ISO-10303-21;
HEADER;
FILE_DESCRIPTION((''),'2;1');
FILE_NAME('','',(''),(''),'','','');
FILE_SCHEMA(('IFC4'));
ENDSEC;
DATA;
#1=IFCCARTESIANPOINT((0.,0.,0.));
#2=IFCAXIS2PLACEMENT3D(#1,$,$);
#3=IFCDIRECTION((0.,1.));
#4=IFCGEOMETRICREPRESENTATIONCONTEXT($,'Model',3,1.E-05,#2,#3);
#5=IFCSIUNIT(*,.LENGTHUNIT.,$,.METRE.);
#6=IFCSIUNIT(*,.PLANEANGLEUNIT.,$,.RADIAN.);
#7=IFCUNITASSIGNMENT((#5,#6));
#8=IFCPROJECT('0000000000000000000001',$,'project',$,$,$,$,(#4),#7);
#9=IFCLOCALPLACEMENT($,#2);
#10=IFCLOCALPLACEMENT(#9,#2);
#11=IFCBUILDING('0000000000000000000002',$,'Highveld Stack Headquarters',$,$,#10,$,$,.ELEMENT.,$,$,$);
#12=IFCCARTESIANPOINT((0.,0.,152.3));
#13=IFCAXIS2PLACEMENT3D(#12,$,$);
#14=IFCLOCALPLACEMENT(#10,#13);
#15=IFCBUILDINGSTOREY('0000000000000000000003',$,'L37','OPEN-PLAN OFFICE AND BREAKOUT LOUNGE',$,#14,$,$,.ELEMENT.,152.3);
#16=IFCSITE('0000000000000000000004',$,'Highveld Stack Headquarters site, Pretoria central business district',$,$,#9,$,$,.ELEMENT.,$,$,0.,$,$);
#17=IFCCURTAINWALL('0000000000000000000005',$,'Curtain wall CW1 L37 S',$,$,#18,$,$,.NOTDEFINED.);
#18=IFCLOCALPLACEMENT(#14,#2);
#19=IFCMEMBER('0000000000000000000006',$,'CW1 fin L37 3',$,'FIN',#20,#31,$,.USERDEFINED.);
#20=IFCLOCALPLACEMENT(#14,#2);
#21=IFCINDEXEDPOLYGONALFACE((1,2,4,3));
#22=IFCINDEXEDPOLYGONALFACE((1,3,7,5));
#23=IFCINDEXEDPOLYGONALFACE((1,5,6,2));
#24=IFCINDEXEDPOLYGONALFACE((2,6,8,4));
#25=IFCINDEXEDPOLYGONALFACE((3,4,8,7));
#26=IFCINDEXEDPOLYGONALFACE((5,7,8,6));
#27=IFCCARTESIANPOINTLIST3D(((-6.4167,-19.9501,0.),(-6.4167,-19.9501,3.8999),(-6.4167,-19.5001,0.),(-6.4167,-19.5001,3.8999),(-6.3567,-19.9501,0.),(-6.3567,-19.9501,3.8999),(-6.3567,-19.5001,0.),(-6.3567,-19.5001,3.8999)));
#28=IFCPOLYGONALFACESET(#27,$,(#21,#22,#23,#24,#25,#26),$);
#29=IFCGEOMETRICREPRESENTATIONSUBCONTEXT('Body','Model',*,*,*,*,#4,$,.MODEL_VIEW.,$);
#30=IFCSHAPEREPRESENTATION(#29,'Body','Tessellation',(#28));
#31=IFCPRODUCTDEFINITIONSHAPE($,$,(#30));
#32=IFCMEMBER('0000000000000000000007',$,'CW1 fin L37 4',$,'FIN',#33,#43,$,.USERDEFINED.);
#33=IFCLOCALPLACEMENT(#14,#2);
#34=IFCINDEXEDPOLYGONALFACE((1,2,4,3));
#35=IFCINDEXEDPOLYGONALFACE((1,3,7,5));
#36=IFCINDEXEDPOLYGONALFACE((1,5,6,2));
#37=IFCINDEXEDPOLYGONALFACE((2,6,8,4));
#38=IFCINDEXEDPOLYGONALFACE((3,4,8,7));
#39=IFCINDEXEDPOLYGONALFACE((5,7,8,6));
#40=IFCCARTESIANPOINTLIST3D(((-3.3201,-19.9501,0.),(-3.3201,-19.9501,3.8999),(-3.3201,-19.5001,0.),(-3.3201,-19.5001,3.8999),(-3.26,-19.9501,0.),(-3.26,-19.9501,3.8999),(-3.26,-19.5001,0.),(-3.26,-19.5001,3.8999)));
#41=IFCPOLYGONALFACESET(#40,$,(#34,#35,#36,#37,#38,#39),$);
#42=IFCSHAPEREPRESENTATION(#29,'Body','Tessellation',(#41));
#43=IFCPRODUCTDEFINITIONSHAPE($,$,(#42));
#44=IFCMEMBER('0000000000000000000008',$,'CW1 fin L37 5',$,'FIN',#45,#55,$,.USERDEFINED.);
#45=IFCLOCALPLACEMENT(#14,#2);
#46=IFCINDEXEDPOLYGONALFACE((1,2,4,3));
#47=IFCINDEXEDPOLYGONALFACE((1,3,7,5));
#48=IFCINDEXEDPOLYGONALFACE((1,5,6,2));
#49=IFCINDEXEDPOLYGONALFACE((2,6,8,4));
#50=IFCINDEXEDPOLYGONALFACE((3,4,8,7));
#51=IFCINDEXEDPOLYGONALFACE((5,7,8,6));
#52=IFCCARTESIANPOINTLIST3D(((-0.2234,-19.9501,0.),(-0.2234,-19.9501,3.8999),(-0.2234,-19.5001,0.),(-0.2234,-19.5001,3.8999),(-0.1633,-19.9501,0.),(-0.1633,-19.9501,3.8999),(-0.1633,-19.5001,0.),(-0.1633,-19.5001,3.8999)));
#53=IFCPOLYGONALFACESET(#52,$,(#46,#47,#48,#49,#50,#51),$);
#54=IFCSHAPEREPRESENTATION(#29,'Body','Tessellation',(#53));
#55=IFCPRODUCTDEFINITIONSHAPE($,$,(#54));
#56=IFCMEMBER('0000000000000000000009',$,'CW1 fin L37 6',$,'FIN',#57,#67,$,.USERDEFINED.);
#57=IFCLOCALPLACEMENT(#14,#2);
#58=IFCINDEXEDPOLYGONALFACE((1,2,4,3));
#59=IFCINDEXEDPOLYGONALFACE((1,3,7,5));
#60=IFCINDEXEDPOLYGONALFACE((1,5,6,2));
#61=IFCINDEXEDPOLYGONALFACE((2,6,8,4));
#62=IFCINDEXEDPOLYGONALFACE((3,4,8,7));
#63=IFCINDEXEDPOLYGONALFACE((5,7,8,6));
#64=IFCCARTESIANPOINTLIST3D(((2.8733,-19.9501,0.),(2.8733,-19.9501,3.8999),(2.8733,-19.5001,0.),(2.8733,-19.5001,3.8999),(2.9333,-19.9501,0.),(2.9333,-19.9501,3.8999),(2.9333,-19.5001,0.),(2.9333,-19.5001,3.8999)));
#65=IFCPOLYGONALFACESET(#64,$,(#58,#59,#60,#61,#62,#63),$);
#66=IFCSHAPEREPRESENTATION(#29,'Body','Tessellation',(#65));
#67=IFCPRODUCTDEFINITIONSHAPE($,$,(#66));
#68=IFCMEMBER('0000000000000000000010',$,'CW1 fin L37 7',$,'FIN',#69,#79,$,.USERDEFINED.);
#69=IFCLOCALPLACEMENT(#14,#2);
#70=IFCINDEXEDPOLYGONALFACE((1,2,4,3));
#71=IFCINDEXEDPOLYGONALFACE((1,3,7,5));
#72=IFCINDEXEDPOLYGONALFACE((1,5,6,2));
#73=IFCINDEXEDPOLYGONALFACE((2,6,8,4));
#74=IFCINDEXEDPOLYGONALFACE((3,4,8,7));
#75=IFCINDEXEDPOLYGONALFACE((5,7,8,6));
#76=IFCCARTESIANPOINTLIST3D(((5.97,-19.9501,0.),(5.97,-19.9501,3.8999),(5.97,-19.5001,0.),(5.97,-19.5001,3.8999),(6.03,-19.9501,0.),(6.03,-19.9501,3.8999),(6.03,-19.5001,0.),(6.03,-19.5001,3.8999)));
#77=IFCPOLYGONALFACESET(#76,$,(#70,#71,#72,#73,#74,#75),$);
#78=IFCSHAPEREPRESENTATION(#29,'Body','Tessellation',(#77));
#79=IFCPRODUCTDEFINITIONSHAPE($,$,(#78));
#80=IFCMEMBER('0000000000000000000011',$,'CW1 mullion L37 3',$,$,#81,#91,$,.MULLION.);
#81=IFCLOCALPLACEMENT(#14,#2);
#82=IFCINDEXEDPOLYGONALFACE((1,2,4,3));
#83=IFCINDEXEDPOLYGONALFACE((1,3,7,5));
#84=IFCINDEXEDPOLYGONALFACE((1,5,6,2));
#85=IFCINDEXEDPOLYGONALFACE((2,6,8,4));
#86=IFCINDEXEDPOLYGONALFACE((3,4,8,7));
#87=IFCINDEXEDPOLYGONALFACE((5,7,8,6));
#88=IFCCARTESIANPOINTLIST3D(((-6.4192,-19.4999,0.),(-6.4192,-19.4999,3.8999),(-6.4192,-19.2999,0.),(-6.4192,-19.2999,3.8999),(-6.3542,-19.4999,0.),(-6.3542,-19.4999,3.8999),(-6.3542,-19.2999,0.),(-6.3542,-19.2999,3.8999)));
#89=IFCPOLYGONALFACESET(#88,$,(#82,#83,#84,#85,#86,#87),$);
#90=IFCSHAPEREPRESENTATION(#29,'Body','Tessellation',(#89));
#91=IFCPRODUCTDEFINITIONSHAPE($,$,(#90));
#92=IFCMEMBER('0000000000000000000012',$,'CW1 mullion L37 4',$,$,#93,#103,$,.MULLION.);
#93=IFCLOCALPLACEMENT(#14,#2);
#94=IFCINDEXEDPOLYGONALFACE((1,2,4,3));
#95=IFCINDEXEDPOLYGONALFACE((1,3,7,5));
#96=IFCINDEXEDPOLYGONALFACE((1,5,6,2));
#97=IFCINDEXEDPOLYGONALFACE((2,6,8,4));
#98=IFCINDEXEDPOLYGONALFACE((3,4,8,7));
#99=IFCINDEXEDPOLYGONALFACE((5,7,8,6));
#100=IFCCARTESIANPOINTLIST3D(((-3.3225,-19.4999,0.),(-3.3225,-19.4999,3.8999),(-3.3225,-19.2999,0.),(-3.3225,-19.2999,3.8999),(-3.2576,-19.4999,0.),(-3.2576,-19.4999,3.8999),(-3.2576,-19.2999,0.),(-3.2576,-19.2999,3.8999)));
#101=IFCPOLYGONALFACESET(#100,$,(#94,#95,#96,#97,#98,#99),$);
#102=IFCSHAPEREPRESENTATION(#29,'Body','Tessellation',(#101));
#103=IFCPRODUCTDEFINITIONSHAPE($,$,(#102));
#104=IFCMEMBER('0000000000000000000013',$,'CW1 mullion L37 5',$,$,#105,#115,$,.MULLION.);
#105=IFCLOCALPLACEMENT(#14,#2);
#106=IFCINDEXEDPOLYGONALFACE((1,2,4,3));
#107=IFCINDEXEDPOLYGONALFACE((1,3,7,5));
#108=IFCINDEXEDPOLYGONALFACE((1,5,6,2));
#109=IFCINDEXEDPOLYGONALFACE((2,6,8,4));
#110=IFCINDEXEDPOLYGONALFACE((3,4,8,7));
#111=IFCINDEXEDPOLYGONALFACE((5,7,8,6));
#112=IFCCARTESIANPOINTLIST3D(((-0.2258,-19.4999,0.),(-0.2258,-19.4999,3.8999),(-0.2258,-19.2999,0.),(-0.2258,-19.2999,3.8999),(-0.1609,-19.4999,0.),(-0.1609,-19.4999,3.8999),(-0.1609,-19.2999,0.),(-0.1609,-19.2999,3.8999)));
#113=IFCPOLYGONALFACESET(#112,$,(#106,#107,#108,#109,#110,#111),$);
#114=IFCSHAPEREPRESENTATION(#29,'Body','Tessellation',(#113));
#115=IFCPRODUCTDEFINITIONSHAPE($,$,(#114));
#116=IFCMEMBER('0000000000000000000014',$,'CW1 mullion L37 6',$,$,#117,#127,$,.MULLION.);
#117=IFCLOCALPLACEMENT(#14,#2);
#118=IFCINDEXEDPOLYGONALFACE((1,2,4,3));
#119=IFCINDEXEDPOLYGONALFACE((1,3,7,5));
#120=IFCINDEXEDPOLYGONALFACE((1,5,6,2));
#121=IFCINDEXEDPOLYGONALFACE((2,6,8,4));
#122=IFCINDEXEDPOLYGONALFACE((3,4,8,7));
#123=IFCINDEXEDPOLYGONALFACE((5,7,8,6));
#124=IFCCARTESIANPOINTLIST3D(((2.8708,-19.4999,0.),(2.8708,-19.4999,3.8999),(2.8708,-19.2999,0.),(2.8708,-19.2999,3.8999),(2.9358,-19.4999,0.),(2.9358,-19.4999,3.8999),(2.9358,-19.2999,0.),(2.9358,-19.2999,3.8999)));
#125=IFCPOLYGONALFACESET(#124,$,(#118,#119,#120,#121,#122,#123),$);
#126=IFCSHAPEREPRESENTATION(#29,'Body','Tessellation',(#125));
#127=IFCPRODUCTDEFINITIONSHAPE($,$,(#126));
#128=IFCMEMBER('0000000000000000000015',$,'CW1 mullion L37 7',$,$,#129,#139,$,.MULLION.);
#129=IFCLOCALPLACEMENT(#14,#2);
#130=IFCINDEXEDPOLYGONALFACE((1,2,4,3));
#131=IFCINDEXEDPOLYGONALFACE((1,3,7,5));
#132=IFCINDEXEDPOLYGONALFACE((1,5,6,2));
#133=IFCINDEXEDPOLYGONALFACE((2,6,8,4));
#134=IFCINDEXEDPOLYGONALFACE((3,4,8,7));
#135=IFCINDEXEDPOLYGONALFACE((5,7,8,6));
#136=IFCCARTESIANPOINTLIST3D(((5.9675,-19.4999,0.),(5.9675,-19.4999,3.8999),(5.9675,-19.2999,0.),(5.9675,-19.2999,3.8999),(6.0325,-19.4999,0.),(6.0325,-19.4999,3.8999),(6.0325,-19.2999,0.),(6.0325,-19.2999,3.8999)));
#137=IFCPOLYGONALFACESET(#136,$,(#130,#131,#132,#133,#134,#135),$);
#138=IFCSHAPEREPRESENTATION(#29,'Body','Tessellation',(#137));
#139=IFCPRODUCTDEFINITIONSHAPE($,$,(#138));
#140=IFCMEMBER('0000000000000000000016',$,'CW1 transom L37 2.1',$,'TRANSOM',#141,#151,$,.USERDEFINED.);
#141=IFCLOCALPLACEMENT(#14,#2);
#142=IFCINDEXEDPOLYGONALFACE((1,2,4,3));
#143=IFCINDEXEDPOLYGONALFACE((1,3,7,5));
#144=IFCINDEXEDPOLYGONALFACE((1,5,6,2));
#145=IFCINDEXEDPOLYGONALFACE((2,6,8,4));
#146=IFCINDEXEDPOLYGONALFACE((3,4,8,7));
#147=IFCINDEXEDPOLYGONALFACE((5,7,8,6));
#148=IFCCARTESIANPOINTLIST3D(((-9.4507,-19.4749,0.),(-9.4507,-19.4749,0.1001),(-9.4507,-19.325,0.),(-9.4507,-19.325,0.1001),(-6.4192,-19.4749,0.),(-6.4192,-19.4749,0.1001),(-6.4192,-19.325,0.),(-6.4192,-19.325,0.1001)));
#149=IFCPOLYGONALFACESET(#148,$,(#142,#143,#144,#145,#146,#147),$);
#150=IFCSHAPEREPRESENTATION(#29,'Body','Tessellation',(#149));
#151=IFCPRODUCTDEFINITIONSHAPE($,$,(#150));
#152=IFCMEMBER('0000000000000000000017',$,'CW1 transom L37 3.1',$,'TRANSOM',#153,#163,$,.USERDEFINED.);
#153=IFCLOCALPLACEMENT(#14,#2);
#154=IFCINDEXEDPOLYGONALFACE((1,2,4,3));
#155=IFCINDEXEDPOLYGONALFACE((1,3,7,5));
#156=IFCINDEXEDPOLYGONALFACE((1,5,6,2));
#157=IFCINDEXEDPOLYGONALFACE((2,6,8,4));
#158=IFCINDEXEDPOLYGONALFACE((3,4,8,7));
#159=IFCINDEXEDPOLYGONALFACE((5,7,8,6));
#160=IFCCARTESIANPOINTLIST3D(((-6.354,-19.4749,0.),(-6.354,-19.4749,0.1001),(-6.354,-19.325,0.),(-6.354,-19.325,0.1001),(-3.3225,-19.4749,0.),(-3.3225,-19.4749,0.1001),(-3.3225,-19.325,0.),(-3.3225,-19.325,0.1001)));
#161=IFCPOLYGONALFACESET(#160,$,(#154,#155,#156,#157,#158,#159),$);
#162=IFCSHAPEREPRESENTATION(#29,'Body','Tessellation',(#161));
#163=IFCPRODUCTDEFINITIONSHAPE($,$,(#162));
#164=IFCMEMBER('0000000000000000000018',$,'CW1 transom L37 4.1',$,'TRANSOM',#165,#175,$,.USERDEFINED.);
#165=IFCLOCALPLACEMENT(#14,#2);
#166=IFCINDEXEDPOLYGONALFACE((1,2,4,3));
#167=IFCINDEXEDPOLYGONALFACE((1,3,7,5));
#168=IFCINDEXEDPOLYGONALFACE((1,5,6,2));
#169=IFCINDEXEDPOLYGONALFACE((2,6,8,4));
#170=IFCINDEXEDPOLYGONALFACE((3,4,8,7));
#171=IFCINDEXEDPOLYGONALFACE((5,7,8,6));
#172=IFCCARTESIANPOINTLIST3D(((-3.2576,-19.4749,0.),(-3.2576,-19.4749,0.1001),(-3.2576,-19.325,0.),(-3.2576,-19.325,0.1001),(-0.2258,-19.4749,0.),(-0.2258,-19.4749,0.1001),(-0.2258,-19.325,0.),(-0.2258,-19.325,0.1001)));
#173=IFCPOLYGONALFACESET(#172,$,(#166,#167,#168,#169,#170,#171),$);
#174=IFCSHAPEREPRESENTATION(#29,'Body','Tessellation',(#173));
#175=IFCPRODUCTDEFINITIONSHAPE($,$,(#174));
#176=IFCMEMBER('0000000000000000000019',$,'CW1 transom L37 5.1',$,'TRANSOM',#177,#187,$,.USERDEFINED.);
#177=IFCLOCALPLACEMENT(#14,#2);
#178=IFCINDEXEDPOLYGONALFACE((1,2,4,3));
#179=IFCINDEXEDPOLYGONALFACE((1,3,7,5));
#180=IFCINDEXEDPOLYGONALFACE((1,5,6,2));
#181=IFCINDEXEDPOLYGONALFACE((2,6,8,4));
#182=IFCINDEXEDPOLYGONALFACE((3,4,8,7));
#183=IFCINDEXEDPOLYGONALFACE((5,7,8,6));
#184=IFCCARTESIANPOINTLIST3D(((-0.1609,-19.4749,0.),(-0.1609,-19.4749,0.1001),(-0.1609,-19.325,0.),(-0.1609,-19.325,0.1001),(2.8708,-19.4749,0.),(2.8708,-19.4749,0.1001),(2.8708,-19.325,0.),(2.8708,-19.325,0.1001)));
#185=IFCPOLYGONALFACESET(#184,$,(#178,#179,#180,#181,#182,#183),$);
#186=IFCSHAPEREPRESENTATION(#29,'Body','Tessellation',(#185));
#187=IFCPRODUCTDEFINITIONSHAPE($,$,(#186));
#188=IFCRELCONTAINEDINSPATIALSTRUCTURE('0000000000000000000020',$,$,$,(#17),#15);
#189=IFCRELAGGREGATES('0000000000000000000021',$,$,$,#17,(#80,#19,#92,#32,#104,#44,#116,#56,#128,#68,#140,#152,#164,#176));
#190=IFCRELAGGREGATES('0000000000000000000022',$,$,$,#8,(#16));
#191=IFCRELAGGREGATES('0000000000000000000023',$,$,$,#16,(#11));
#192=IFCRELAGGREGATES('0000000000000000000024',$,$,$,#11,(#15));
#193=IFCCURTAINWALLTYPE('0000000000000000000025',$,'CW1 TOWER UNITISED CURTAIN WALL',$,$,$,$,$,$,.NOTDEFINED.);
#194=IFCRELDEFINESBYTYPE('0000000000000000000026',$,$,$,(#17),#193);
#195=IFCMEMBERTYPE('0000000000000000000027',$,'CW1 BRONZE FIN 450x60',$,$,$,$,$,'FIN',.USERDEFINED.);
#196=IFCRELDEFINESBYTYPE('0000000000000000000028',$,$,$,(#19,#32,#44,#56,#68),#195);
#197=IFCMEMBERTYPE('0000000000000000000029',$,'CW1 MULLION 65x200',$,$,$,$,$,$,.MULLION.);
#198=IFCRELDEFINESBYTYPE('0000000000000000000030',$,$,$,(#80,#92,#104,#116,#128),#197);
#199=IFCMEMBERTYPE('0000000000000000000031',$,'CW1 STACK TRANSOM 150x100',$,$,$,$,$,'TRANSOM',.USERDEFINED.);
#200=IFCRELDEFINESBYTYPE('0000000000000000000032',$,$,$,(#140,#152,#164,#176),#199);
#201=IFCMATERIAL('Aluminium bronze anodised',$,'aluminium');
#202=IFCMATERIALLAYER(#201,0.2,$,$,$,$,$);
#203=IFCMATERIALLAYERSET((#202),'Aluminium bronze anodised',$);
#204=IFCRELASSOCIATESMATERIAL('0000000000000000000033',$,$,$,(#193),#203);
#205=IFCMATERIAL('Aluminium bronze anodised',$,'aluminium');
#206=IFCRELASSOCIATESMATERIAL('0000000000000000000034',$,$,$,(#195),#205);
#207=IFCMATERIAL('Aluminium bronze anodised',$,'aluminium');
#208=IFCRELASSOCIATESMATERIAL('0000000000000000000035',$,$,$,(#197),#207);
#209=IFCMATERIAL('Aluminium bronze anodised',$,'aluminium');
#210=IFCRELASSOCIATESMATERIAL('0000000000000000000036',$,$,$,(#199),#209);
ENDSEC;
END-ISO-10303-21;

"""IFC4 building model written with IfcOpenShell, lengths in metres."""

from ifc_helpers import new_model, si_unit, direction, frame, origin, origin_2d, place, context, subcontext, project, spatial, rectangle, extrude, material, layer, layer_set, material_profile, profile_set, type_object, element, aggregate, save


model = new_model("IFC4")

# Units and contexts
model_context = context("Model", 3, precision=1e-05, world=origin(), true_north=direction((0.0, 1.0)))
body_context = subcontext(model_context, "Body", "Model", "MODEL_VIEW")
ifc_project = project(units=[si_unit("LENGTHUNIT", "METRE"), si_unit("PLANEANGLEUNIT", "RADIAN")], contexts=[model_context])

# Site, building, storey
site_placement = place(None, origin())
site = spatial("IfcSite", under=ifc_project, at=site_placement, Name="Highveld Stack Headquarters site, Pretoria central business district", CompositionType="ELEMENT", RefElevation=0.0)
building_placement = place(site_placement, origin())
building = spatial("IfcBuilding", under=site, at=building_placement, Name="Highveld Stack Headquarters", CompositionType="ELEMENT")
storey_placement = place(building_placement, frame((0.0, 0.0, 152.3)))
storey = spatial("IfcBuildingStorey", under=building, at=storey_placement, Name="L37", Description="OPEN-PLAN OFFICE AND BREAKOUT LOUNGE", CompositionType="ELEMENT", Elevation=152.3)

# Curtain wall, members
ifc_material_1 = material(Name="Aluminium bronze anodised", Category="aluminium")
ifc_layer_1 = layer(ifc_material_1, 0.2)
ifc_layer_set_1 = layer_set([ifc_layer_1], Name="Aluminium bronze anodised")
curtain_wall_type = type_object("IfcCurtainWallType", Name="CW1 TOWER UNITISED CURTAIN WALL", PredefinedType="NOTDEFINED", material=ifc_layer_set_1)
curtain_wall_placement = place(storey_placement, origin())
curtain_wall = element("IfcCurtainWall", 1, at=curtain_wall_placement, inside=storey, type_object=curtain_wall_type, Name="Curtain wall CW1 L37 S", PredefinedType="NOTDEFINED")
ifc_material_2 = material(Name="Aluminium bronze anodised", Category="aluminium")
ifc_material_profile_1 = material_profile(ifc_material_2, rectangle(XDim=0.45, YDim=0.0601, at=origin_2d()), Name="FIN 450x60")
ifc_profile_set_1 = profile_set([ifc_material_profile_1], Name="Aluminium bronze anodised")
member_type_1 = type_object("IfcMemberType", Name="CW1 BRONZE FIN 450x60", ElementType="FIN", PredefinedType="USERDEFINED", material=ifc_profile_set_1)
member_1_placement = place(storey_placement, frame((-6.3867, -19.7251, 0.0), z_axis=(0.0, 0.0, 1.0), x_axis=(0.0, 1.0, 0.0)))
member_1 = element("IfcMember", 2, at=member_1_placement, type_object=member_type_1, Name="CW1 fin L37 3", ObjectType="FIN", PredefinedType="USERDEFINED", context=body_context, shape_type="SweptSolid", body=[
    extrude(rectangle(XDim=0.45, YDim=0.0601, at=origin_2d()), origin(), (0.0, 0.0, 1.0), 3.8999),
])
member_2_placement = place(storey_placement, frame((-3.29, -19.7251, 0.0), z_axis=(0.0, 0.0, 1.0), x_axis=(0.0, 1.0, 0.0)))
member_2 = element("IfcMember", 3, at=member_2_placement, type_object=member_type_1, Name="CW1 fin L37 4", ObjectType="FIN", PredefinedType="USERDEFINED", context=body_context, shape_type="SweptSolid", body=[
    extrude(rectangle(XDim=0.45, YDim=0.0601, at=origin_2d()), origin(), (0.0, 0.0, 1.0), 3.8999),
])
member_3_placement = place(storey_placement, frame((-0.1934, -19.7251, 0.0), z_axis=(0.0, 0.0, 1.0), x_axis=(0.0, 1.0, 0.0)))
member_3 = element("IfcMember", 4, at=member_3_placement, type_object=member_type_1, Name="CW1 fin L37 5", ObjectType="FIN", PredefinedType="USERDEFINED", context=body_context, shape_type="SweptSolid", body=[
    extrude(rectangle(XDim=0.45, YDim=0.0601, at=origin_2d()), origin(), (0.0, 0.0, 1.0), 3.8999),
])
member_4_placement = place(storey_placement, frame((2.9033, -19.7251, 0.0), z_axis=(0.0, 0.0, 1.0), x_axis=(0.0, 1.0, 0.0)))
member_4 = element("IfcMember", 5, at=member_4_placement, type_object=member_type_1, Name="CW1 fin L37 6", ObjectType="FIN", PredefinedType="USERDEFINED", context=body_context, shape_type="SweptSolid", body=[
    extrude(rectangle(XDim=0.45, YDim=0.0601, at=origin_2d()), origin(), (0.0, 0.0, 1.0), 3.8999),
])
member_5_placement = place(storey_placement, frame((6.0, -19.7251, 0.0), z_axis=(0.0, 0.0, 1.0), x_axis=(0.0, 1.0, 0.0)))
member_5 = element("IfcMember", 6, at=member_5_placement, type_object=member_type_1, Name="CW1 fin L37 7", ObjectType="FIN", PredefinedType="USERDEFINED", context=body_context, shape_type="SweptSolid", body=[
    extrude(rectangle(XDim=0.45, YDim=0.0601, at=origin_2d()), origin(), (0.0, 0.0, 1.0), 3.8999),
])
ifc_material_3 = material(Name="Aluminium bronze anodised", Category="aluminium")
ifc_material_profile_2 = material_profile(ifc_material_3, rectangle(XDim=0.2, YDim=0.0649, at=origin_2d()), Name="CW1 MULLION 65x200")
ifc_profile_set_2 = profile_set([ifc_material_profile_2], Name="Aluminium bronze anodised")
member_type_2 = type_object("IfcMemberType", Name="CW1 MULLION 65x200", PredefinedType="MULLION", material=ifc_profile_set_2)
member_6_placement = place(storey_placement, frame((-6.3867, -19.3999, 0.0), z_axis=(0.0, 0.0, 1.0), x_axis=(0.0, 1.0, 0.0)))
member_6 = element("IfcMember", 7, at=member_6_placement, type_object=member_type_2, Name="CW1 mullion L37 3", PredefinedType="MULLION", context=body_context, shape_type="SweptSolid", body=[
    extrude(rectangle(XDim=0.2, YDim=0.0649, at=origin_2d()), origin(), (0.0, 0.0, 1.0), 3.8999),
])
member_7_placement = place(storey_placement, frame((-3.29, -19.3999, 0.0), z_axis=(0.0, 0.0, 1.0), x_axis=(0.0, 1.0, 0.0)))
member_7 = element("IfcMember", 8, at=member_7_placement, type_object=member_type_2, Name="CW1 mullion L37 4", PredefinedType="MULLION", context=body_context, shape_type="SweptSolid", body=[
    extrude(rectangle(XDim=0.2, YDim=0.0649, at=origin_2d()), origin(), (0.0, 0.0, 1.0), 3.8999),
])
member_8_placement = place(storey_placement, frame((-0.1934, -19.3999, 0.0), z_axis=(0.0, 0.0, 1.0), x_axis=(0.0, 1.0, 0.0)))
member_8 = element("IfcMember", 9, at=member_8_placement, type_object=member_type_2, Name="CW1 mullion L37 5", PredefinedType="MULLION", context=body_context, shape_type="SweptSolid", body=[
    extrude(rectangle(XDim=0.2, YDim=0.0649, at=origin_2d()), origin(), (0.0, 0.0, 1.0), 3.8999),
])
member_9_placement = place(storey_placement, frame((2.9033, -19.3999, 0.0), z_axis=(0.0, 0.0, 1.0), x_axis=(0.0, 1.0, 0.0)))
member_9 = element("IfcMember", 10, at=member_9_placement, type_object=member_type_2, Name="CW1 mullion L37 6", PredefinedType="MULLION", context=body_context, shape_type="SweptSolid", body=[
    extrude(rectangle(XDim=0.2, YDim=0.0649, at=origin_2d()), origin(), (0.0, 0.0, 1.0), 3.8999),
])
member_10_placement = place(storey_placement, frame((6.0, -19.3999, 0.0), z_axis=(0.0, 0.0, 1.0), x_axis=(0.0, 1.0, 0.0)))
member_10 = element("IfcMember", 11, at=member_10_placement, type_object=member_type_2, Name="CW1 mullion L37 7", PredefinedType="MULLION", context=body_context, shape_type="SweptSolid", body=[
    extrude(rectangle(XDim=0.2, YDim=0.0649, at=origin_2d()), origin(), (0.0, 0.0, 1.0), 3.8999),
])
ifc_material_4 = material(Name="Aluminium bronze anodised", Category="aluminium")
ifc_material_profile_3 = material_profile(ifc_material_4, rectangle(XDim=0.1499, YDim=0.1001, at=origin_2d()), Name="CW1 TRANSOM 150x100")
ifc_profile_set_3 = profile_set([ifc_material_profile_3], Name="Aluminium bronze anodised")
member_type_3 = type_object("IfcMemberType", Name="CW1 STACK TRANSOM 150x100", ElementType="TRANSOM", PredefinedType="USERDEFINED", material=ifc_profile_set_3)
member_11_placement = place(storey_placement, frame((-9.4507, -19.3999, 0.05), z_axis=(1.0, 0.0, 0.0), x_axis=(0.0, 1.0, 0.0)))
member_11 = element("IfcMember", 12, at=member_11_placement, type_object=member_type_3, Name="CW1 transom L37 2.1", ObjectType="TRANSOM", PredefinedType="USERDEFINED", context=body_context, shape_type="SweptSolid", body=[
    extrude(rectangle(XDim=0.1499, YDim=0.1001, at=origin_2d()), origin(), (0.0, 0.0, 1.0), 3.0315),
])
member_12_placement = place(storey_placement, frame((-6.354, -19.3999, 0.05), z_axis=(1.0, 0.0, 0.0), x_axis=(0.0, 1.0, 0.0)))
member_12 = element("IfcMember", 13, at=member_12_placement, type_object=member_type_3, Name="CW1 transom L37 3.1", ObjectType="TRANSOM", PredefinedType="USERDEFINED", context=body_context, shape_type="SweptSolid", body=[
    extrude(rectangle(XDim=0.1499, YDim=0.1001, at=origin_2d()), origin(), (0.0, 0.0, 1.0), 3.0315),
])
member_13_placement = place(storey_placement, frame((-3.2576, -19.3999, 0.05), z_axis=(1.0, 0.0, 0.0), x_axis=(0.0, 1.0, 0.0)))
member_13 = element("IfcMember", 14, at=member_13_placement, type_object=member_type_3, Name="CW1 transom L37 4.1", ObjectType="TRANSOM", PredefinedType="USERDEFINED", context=body_context, shape_type="SweptSolid", body=[
    extrude(rectangle(XDim=0.1499, YDim=0.1001, at=origin_2d()), origin(), (0.0, 0.0, 1.0), 3.0317),
])
member_14_placement = place(storey_placement, frame((-0.1609, -19.3999, 0.05), z_axis=(1.0, 0.0, 0.0), x_axis=(0.0, 1.0, 0.0)))
member_14 = element("IfcMember", 15, at=member_14_placement, type_object=member_type_3, Name="CW1 transom L37 5.1", ObjectType="TRANSOM", PredefinedType="USERDEFINED", context=body_context, shape_type="SweptSolid", body=[
    extrude(rectangle(XDim=0.1499, YDim=0.1001, at=origin_2d()), origin(), (0.0, 0.0, 1.0), 3.0317),
])
aggregate(curtain_wall, [member_6, member_1, member_7, member_2, member_8, member_3, member_9, member_4, member_10, member_5, member_11, member_12, member_13, member_14])

save(model, "model.ifc")
